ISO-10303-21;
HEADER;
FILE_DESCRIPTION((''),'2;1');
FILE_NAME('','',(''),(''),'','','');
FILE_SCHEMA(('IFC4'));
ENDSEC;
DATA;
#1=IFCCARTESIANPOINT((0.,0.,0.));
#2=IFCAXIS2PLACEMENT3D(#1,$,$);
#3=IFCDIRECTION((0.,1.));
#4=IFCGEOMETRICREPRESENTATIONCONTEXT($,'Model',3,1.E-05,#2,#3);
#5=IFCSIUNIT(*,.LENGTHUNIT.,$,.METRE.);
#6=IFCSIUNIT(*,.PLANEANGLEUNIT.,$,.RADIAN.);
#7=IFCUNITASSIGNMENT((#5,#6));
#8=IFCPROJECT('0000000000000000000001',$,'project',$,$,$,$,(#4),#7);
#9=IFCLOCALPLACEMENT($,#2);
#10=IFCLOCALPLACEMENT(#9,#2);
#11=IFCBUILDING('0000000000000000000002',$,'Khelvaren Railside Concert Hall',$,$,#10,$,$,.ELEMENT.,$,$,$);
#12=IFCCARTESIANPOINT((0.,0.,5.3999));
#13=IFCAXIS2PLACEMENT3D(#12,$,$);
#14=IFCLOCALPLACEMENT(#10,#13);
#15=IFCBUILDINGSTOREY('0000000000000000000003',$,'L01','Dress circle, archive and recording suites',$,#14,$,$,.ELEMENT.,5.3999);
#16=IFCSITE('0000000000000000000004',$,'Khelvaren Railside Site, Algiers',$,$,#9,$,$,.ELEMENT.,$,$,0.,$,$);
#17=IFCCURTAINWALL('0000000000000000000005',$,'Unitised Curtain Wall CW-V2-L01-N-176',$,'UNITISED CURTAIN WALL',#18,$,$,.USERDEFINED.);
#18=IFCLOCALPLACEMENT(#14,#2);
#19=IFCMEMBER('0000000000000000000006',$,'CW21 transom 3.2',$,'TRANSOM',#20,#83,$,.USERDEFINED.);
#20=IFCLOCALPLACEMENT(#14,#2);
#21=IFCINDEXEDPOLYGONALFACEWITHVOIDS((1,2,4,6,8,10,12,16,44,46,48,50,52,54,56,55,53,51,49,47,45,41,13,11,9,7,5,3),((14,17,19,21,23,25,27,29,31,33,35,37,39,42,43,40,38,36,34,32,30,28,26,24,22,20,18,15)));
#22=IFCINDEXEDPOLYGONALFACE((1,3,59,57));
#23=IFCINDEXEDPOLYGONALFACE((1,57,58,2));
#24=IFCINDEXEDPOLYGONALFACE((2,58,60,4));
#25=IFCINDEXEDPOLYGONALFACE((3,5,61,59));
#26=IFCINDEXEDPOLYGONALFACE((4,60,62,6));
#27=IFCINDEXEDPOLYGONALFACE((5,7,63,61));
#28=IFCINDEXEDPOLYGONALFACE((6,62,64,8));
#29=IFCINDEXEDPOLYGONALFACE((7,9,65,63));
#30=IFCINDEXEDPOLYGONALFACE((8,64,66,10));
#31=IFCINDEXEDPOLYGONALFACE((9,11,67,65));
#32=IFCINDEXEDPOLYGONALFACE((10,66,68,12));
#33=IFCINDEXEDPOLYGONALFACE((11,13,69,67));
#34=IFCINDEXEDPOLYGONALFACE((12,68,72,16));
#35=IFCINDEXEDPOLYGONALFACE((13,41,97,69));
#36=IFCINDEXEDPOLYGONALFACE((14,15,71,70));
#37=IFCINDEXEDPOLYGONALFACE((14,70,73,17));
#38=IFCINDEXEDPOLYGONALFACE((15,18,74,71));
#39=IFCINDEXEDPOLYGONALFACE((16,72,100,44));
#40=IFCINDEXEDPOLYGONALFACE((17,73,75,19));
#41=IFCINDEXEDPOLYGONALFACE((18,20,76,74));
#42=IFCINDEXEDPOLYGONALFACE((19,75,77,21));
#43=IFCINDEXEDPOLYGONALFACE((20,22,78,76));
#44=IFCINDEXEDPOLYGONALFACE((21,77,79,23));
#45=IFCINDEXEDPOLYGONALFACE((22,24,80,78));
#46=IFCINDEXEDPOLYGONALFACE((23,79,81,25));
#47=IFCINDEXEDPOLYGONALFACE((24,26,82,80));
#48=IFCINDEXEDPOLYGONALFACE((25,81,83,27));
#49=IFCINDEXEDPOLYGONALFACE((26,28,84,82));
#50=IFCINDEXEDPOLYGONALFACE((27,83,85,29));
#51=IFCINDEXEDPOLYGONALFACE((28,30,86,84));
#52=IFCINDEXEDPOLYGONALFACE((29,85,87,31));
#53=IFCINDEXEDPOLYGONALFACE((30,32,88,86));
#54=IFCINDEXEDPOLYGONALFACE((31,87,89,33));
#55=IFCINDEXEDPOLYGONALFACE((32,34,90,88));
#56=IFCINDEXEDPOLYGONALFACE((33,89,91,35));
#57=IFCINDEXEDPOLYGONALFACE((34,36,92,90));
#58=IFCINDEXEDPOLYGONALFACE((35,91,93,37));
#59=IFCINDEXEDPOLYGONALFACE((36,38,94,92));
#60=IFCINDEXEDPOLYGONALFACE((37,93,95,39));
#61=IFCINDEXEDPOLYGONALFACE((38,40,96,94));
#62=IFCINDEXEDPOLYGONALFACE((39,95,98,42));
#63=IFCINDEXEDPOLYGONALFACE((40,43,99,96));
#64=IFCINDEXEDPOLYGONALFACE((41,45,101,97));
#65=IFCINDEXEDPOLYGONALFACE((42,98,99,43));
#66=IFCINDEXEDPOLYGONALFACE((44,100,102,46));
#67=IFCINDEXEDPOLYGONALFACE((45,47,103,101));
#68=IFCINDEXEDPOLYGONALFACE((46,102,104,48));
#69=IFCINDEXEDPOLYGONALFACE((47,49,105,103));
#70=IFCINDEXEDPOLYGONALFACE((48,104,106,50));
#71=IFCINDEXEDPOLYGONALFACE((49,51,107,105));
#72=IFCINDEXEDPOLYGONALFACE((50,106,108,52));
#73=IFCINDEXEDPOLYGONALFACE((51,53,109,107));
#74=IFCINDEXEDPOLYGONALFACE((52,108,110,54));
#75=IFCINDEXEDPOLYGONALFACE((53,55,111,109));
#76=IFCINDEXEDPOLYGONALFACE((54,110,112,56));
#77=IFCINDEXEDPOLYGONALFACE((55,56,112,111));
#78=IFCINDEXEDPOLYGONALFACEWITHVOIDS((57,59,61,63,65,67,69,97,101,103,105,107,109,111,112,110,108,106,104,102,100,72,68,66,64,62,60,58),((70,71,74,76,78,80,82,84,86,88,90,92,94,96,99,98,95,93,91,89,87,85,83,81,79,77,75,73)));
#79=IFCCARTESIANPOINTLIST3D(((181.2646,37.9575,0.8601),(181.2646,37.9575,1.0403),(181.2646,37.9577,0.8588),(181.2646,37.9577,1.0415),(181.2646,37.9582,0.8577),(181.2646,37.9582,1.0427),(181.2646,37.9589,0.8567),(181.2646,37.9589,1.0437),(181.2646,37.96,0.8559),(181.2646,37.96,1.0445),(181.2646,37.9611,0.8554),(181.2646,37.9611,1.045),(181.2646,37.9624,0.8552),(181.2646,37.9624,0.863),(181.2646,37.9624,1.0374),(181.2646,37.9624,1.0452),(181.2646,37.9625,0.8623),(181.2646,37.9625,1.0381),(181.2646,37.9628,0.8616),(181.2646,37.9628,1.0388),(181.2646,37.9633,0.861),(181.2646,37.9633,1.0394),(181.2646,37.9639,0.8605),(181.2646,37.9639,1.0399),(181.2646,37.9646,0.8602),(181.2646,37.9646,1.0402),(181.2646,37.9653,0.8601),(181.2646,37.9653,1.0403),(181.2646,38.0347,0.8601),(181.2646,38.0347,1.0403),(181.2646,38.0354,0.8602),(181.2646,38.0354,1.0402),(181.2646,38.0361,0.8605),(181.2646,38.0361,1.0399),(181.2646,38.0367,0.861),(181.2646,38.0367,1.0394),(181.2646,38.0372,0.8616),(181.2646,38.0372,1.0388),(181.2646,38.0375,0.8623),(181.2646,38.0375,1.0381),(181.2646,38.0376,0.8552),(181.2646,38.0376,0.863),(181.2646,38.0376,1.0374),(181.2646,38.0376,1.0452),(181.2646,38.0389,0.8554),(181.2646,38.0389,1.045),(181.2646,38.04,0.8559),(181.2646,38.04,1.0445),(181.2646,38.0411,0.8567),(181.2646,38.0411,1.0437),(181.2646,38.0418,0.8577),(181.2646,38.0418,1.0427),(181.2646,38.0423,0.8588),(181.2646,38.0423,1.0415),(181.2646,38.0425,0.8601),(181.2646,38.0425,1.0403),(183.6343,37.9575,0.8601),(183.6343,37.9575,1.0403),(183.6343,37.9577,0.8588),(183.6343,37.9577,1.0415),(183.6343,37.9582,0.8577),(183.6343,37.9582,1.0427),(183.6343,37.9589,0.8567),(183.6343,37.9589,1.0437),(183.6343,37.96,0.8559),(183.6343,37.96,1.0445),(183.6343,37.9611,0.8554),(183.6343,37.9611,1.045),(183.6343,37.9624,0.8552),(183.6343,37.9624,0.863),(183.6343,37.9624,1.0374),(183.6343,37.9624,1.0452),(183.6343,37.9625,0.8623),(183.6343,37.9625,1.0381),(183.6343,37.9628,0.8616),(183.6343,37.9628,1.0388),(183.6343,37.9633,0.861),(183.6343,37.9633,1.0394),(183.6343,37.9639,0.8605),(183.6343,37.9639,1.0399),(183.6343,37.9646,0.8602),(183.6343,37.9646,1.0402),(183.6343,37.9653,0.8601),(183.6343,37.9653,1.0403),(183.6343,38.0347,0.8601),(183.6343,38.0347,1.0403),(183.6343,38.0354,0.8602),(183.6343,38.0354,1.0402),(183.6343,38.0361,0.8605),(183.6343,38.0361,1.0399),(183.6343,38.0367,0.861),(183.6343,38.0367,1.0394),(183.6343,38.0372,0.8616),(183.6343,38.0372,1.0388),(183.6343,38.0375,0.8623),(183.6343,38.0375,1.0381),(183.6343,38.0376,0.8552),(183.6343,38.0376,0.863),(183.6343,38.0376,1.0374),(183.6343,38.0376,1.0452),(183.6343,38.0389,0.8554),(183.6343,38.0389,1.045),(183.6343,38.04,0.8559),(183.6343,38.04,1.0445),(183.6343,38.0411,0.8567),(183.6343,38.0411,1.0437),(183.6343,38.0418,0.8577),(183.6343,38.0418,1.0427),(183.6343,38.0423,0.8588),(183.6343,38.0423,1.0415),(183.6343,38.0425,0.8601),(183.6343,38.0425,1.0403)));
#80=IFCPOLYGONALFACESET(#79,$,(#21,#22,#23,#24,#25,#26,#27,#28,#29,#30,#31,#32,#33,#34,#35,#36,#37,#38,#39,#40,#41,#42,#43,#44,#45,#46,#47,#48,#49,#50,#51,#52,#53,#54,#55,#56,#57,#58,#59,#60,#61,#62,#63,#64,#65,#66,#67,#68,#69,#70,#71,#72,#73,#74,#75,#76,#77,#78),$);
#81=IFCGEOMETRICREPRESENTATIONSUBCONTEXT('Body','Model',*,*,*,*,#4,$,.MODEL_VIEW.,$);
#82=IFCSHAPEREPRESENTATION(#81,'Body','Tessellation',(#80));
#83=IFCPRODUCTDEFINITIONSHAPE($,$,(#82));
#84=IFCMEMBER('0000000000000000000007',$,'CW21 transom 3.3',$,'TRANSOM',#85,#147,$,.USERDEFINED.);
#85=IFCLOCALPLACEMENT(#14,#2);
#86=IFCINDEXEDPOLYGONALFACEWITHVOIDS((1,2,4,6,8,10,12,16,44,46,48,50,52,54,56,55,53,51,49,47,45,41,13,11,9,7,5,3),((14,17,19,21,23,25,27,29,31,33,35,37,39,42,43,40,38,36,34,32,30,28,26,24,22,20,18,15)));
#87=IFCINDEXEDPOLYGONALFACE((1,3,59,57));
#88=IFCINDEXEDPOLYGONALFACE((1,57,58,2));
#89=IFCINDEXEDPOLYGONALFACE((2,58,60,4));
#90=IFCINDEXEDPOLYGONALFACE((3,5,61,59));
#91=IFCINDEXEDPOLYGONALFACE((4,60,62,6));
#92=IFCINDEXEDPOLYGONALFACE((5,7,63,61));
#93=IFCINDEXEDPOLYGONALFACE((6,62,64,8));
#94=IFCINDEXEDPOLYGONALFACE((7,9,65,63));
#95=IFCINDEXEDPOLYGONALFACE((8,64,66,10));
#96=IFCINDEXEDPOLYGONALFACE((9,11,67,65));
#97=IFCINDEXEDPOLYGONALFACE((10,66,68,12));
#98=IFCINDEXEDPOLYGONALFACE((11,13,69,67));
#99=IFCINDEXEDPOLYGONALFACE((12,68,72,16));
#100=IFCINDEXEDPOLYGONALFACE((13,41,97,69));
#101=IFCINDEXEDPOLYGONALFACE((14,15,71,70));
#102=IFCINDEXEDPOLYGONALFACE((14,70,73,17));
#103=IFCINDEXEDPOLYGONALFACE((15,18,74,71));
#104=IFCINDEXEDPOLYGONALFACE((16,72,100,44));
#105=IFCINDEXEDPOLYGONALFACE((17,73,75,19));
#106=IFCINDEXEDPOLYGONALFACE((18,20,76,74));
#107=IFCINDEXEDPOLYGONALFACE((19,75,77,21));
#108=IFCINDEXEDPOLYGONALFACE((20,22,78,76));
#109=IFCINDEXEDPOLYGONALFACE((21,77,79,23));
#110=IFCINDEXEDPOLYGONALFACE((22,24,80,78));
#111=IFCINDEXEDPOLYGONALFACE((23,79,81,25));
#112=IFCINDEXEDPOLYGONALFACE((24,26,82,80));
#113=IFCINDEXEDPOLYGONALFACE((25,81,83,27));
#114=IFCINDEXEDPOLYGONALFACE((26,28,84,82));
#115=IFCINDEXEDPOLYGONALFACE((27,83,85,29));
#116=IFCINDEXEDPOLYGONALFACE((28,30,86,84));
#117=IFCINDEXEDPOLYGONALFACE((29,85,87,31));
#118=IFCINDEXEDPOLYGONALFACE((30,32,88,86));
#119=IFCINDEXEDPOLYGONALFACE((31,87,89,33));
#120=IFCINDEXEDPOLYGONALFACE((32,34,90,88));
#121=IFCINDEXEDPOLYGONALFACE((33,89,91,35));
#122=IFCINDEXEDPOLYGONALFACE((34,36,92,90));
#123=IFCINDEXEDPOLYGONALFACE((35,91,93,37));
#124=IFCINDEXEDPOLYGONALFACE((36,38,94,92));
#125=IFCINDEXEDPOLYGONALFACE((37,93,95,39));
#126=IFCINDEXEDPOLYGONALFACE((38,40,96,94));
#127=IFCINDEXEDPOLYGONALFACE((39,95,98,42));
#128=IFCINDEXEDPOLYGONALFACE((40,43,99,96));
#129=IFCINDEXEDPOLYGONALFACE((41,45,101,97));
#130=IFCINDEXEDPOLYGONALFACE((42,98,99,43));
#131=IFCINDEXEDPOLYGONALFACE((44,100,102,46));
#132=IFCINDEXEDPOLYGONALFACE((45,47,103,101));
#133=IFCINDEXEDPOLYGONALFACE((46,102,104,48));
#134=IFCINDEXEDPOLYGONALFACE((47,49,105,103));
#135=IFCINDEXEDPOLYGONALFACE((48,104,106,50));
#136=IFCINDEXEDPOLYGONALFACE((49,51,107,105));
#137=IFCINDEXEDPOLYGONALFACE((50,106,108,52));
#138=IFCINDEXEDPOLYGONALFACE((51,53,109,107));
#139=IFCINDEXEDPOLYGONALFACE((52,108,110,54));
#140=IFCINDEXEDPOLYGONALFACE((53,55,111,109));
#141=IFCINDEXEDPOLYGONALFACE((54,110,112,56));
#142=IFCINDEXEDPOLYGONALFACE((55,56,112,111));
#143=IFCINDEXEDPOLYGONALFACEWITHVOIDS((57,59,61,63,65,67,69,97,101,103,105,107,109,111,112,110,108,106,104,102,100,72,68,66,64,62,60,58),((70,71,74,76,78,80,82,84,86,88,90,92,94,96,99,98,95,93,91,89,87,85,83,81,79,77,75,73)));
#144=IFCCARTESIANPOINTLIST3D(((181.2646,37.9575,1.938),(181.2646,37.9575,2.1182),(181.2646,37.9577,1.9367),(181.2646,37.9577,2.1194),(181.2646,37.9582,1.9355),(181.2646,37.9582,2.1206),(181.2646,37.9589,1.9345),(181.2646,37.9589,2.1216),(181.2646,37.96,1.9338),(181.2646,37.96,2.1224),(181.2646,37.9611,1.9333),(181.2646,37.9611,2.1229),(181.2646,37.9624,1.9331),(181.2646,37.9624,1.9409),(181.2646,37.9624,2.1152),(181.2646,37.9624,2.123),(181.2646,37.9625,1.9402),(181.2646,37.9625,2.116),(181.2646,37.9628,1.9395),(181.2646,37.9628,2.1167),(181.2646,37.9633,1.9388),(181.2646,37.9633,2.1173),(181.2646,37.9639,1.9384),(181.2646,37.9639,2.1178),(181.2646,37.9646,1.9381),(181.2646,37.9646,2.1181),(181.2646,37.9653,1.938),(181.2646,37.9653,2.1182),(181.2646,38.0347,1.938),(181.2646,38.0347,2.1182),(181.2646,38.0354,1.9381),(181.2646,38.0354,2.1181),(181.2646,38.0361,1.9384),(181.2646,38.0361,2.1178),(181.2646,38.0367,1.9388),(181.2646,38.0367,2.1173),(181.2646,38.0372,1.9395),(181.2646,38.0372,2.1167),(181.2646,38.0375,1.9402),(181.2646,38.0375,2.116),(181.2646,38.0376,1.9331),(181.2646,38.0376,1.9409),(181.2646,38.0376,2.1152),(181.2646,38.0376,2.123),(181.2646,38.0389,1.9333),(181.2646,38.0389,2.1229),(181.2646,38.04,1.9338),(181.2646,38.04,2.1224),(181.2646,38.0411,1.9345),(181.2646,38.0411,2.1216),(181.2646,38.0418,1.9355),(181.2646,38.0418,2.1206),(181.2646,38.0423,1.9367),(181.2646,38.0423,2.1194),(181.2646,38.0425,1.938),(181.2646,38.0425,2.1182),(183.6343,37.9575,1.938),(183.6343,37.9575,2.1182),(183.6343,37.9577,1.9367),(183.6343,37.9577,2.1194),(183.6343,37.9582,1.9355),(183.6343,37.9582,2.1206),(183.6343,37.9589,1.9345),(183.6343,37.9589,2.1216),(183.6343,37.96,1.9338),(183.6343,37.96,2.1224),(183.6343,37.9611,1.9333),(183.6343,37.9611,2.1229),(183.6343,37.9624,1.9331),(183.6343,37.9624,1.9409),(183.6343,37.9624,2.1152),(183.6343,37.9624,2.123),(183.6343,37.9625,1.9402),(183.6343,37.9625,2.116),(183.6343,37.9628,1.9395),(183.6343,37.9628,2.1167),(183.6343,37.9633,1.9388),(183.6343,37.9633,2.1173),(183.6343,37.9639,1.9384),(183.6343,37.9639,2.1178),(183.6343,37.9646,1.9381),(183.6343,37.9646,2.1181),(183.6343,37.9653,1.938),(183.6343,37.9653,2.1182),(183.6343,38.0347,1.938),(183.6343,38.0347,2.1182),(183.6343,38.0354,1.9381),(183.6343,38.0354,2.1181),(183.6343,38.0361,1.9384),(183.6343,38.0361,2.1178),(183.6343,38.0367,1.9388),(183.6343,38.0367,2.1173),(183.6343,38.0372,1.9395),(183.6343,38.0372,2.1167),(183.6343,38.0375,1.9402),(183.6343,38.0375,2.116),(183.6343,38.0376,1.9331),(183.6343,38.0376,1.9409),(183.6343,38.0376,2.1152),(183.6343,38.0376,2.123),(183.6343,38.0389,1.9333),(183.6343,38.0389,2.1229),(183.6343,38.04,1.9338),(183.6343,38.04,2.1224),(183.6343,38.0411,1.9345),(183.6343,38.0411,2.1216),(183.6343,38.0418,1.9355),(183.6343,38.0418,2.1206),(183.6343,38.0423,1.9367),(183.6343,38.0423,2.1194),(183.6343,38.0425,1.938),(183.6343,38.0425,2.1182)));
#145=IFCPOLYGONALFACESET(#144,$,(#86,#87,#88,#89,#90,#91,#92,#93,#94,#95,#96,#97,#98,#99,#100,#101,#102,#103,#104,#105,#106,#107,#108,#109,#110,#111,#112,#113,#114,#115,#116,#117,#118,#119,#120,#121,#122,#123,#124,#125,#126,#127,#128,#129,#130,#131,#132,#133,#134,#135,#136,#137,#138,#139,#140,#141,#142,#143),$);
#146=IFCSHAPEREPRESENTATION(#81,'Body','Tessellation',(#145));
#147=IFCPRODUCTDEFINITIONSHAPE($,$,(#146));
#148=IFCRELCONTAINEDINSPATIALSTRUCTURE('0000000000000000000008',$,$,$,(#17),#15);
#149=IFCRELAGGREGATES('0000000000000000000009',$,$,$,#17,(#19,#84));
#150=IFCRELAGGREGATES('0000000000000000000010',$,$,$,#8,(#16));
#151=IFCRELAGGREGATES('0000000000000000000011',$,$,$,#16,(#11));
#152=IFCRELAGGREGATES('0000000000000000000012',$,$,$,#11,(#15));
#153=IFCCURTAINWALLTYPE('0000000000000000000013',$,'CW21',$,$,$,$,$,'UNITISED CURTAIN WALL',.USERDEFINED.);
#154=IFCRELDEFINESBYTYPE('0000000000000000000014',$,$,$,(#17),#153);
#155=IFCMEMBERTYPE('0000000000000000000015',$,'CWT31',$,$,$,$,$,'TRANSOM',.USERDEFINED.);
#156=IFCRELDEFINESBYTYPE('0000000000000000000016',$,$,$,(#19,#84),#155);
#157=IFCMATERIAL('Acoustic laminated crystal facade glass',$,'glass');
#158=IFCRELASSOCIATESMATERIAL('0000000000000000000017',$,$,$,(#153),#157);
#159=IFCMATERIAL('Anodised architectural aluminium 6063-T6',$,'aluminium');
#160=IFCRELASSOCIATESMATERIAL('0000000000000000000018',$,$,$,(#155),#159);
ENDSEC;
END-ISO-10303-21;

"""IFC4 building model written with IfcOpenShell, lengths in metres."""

from ifc_helpers import new_model, si_unit, direction, frame, origin, origin_2d, place, context, subcontext, project, spatial, hollow_rectangle, extrude, material, material_profile, profile_set, type_object, element, aggregate, save


model = new_model("IFC4")

# Units and contexts
model_context = context("Model", 3, precision=1e-05, world=origin(), true_north=direction((0.0, 1.0)))
body_context = subcontext(model_context, "Body", "Model", "MODEL_VIEW")
ifc_project = project(units=[si_unit("LENGTHUNIT", "METRE"), si_unit("PLANEANGLEUNIT", "RADIAN")], contexts=[model_context])

# Site, building, storey
site_placement = place(None, origin())
site = spatial("IfcSite", under=ifc_project, at=site_placement, Name="Khelvaren Railside Site, Algiers", CompositionType="ELEMENT", RefElevation=0.0)
building_placement = place(site_placement, origin())
building = spatial("IfcBuilding", under=site, at=building_placement, Name="Khelvaren Railside Concert Hall", CompositionType="ELEMENT")
storey_placement = place(building_placement, frame((0.0, 0.0, 5.3999)))
storey = spatial("IfcBuildingStorey", under=building, at=storey_placement, Name="L01", Description="Dress circle, archive and recording suites", CompositionType="ELEMENT", Elevation=5.3999)

# Curtain wall
ifc_material_1 = material(Name="Acoustic laminated crystal facade glass", Category="glass")
curtain_wall_type_1 = type_object("IfcCurtainWallType", Name="CW21", ElementType="UNITISED CURTAIN WALL", PredefinedType="USERDEFINED", material=ifc_material_1)
curtain_wall_1_placement = place(storey_placement, origin())
curtain_wall_1 = element("IfcCurtainWall", 1, at=curtain_wall_1_placement, inside=storey, type_object=curtain_wall_type_1, Name="Unitised Curtain Wall CW-V2-L01-N-176", ObjectType="UNITISED CURTAIN WALL", PredefinedType="USERDEFINED")
ifc_material_2 = material(Name="Anodised architectural aluminium 6063-T6", Category="aluminium")

# Members
ifc_material_profile_1 = material_profile(ifc_material_2, hollow_rectangle(XDim=0.085, YDim=0.1899, WallThickness=0.0049, InnerFilletRadius=0.0029, OuterFilletRadius=0.0049, at=origin_2d()), Name="CWT 85x190x5")
ifc_profile_set_1 = profile_set([ifc_material_profile_1], Name="Anodised architectural aluminium 6063-T6")
member_type_1 = type_object("IfcMemberType", Name="CWT31", ElementType="TRANSOM", PredefinedType="USERDEFINED", material=ifc_profile_set_1)
member_1_placement = place(storey_placement, frame((181.2646, 38.0, 0.9502), z_axis=(1.0, 0.0, 0.0), x_axis=(0.0, 1.0, 0.0)))
member_1 = element("IfcMember", 2, at=member_1_placement, type_object=member_type_1, Name="CW21 transom 3.2", ObjectType="TRANSOM", PredefinedType="USERDEFINED", context=body_context, shape_type="SweptSolid", body=[
    extrude(hollow_rectangle(XDim=0.085, YDim=0.1899, WallThickness=0.0049, InnerFilletRadius=0.0029, OuterFilletRadius=0.0049, at=origin_2d()), origin(), (0.0, 0.0, 1.0), 2.3696),
])
member_2_placement = place(storey_placement, frame((181.2646, 38.0, 2.0281), z_axis=(1.0, 0.0, 0.0), x_axis=(0.0, 1.0, 0.0)))
member_2 = element("IfcMember", 3, at=member_2_placement, type_object=member_type_1, Name="CW21 transom 3.3", ObjectType="TRANSOM", PredefinedType="USERDEFINED", context=body_context, shape_type="SweptSolid", body=[
    extrude(hollow_rectangle(XDim=0.085, YDim=0.1899, WallThickness=0.0049, InnerFilletRadius=0.0029, OuterFilletRadius=0.0049, at=origin_2d()), origin(), (0.0, 0.0, 1.0), 2.3696),
])

aggregate(curtain_wall_1, [member_1, member_2])

save(model, "model.ifc")
